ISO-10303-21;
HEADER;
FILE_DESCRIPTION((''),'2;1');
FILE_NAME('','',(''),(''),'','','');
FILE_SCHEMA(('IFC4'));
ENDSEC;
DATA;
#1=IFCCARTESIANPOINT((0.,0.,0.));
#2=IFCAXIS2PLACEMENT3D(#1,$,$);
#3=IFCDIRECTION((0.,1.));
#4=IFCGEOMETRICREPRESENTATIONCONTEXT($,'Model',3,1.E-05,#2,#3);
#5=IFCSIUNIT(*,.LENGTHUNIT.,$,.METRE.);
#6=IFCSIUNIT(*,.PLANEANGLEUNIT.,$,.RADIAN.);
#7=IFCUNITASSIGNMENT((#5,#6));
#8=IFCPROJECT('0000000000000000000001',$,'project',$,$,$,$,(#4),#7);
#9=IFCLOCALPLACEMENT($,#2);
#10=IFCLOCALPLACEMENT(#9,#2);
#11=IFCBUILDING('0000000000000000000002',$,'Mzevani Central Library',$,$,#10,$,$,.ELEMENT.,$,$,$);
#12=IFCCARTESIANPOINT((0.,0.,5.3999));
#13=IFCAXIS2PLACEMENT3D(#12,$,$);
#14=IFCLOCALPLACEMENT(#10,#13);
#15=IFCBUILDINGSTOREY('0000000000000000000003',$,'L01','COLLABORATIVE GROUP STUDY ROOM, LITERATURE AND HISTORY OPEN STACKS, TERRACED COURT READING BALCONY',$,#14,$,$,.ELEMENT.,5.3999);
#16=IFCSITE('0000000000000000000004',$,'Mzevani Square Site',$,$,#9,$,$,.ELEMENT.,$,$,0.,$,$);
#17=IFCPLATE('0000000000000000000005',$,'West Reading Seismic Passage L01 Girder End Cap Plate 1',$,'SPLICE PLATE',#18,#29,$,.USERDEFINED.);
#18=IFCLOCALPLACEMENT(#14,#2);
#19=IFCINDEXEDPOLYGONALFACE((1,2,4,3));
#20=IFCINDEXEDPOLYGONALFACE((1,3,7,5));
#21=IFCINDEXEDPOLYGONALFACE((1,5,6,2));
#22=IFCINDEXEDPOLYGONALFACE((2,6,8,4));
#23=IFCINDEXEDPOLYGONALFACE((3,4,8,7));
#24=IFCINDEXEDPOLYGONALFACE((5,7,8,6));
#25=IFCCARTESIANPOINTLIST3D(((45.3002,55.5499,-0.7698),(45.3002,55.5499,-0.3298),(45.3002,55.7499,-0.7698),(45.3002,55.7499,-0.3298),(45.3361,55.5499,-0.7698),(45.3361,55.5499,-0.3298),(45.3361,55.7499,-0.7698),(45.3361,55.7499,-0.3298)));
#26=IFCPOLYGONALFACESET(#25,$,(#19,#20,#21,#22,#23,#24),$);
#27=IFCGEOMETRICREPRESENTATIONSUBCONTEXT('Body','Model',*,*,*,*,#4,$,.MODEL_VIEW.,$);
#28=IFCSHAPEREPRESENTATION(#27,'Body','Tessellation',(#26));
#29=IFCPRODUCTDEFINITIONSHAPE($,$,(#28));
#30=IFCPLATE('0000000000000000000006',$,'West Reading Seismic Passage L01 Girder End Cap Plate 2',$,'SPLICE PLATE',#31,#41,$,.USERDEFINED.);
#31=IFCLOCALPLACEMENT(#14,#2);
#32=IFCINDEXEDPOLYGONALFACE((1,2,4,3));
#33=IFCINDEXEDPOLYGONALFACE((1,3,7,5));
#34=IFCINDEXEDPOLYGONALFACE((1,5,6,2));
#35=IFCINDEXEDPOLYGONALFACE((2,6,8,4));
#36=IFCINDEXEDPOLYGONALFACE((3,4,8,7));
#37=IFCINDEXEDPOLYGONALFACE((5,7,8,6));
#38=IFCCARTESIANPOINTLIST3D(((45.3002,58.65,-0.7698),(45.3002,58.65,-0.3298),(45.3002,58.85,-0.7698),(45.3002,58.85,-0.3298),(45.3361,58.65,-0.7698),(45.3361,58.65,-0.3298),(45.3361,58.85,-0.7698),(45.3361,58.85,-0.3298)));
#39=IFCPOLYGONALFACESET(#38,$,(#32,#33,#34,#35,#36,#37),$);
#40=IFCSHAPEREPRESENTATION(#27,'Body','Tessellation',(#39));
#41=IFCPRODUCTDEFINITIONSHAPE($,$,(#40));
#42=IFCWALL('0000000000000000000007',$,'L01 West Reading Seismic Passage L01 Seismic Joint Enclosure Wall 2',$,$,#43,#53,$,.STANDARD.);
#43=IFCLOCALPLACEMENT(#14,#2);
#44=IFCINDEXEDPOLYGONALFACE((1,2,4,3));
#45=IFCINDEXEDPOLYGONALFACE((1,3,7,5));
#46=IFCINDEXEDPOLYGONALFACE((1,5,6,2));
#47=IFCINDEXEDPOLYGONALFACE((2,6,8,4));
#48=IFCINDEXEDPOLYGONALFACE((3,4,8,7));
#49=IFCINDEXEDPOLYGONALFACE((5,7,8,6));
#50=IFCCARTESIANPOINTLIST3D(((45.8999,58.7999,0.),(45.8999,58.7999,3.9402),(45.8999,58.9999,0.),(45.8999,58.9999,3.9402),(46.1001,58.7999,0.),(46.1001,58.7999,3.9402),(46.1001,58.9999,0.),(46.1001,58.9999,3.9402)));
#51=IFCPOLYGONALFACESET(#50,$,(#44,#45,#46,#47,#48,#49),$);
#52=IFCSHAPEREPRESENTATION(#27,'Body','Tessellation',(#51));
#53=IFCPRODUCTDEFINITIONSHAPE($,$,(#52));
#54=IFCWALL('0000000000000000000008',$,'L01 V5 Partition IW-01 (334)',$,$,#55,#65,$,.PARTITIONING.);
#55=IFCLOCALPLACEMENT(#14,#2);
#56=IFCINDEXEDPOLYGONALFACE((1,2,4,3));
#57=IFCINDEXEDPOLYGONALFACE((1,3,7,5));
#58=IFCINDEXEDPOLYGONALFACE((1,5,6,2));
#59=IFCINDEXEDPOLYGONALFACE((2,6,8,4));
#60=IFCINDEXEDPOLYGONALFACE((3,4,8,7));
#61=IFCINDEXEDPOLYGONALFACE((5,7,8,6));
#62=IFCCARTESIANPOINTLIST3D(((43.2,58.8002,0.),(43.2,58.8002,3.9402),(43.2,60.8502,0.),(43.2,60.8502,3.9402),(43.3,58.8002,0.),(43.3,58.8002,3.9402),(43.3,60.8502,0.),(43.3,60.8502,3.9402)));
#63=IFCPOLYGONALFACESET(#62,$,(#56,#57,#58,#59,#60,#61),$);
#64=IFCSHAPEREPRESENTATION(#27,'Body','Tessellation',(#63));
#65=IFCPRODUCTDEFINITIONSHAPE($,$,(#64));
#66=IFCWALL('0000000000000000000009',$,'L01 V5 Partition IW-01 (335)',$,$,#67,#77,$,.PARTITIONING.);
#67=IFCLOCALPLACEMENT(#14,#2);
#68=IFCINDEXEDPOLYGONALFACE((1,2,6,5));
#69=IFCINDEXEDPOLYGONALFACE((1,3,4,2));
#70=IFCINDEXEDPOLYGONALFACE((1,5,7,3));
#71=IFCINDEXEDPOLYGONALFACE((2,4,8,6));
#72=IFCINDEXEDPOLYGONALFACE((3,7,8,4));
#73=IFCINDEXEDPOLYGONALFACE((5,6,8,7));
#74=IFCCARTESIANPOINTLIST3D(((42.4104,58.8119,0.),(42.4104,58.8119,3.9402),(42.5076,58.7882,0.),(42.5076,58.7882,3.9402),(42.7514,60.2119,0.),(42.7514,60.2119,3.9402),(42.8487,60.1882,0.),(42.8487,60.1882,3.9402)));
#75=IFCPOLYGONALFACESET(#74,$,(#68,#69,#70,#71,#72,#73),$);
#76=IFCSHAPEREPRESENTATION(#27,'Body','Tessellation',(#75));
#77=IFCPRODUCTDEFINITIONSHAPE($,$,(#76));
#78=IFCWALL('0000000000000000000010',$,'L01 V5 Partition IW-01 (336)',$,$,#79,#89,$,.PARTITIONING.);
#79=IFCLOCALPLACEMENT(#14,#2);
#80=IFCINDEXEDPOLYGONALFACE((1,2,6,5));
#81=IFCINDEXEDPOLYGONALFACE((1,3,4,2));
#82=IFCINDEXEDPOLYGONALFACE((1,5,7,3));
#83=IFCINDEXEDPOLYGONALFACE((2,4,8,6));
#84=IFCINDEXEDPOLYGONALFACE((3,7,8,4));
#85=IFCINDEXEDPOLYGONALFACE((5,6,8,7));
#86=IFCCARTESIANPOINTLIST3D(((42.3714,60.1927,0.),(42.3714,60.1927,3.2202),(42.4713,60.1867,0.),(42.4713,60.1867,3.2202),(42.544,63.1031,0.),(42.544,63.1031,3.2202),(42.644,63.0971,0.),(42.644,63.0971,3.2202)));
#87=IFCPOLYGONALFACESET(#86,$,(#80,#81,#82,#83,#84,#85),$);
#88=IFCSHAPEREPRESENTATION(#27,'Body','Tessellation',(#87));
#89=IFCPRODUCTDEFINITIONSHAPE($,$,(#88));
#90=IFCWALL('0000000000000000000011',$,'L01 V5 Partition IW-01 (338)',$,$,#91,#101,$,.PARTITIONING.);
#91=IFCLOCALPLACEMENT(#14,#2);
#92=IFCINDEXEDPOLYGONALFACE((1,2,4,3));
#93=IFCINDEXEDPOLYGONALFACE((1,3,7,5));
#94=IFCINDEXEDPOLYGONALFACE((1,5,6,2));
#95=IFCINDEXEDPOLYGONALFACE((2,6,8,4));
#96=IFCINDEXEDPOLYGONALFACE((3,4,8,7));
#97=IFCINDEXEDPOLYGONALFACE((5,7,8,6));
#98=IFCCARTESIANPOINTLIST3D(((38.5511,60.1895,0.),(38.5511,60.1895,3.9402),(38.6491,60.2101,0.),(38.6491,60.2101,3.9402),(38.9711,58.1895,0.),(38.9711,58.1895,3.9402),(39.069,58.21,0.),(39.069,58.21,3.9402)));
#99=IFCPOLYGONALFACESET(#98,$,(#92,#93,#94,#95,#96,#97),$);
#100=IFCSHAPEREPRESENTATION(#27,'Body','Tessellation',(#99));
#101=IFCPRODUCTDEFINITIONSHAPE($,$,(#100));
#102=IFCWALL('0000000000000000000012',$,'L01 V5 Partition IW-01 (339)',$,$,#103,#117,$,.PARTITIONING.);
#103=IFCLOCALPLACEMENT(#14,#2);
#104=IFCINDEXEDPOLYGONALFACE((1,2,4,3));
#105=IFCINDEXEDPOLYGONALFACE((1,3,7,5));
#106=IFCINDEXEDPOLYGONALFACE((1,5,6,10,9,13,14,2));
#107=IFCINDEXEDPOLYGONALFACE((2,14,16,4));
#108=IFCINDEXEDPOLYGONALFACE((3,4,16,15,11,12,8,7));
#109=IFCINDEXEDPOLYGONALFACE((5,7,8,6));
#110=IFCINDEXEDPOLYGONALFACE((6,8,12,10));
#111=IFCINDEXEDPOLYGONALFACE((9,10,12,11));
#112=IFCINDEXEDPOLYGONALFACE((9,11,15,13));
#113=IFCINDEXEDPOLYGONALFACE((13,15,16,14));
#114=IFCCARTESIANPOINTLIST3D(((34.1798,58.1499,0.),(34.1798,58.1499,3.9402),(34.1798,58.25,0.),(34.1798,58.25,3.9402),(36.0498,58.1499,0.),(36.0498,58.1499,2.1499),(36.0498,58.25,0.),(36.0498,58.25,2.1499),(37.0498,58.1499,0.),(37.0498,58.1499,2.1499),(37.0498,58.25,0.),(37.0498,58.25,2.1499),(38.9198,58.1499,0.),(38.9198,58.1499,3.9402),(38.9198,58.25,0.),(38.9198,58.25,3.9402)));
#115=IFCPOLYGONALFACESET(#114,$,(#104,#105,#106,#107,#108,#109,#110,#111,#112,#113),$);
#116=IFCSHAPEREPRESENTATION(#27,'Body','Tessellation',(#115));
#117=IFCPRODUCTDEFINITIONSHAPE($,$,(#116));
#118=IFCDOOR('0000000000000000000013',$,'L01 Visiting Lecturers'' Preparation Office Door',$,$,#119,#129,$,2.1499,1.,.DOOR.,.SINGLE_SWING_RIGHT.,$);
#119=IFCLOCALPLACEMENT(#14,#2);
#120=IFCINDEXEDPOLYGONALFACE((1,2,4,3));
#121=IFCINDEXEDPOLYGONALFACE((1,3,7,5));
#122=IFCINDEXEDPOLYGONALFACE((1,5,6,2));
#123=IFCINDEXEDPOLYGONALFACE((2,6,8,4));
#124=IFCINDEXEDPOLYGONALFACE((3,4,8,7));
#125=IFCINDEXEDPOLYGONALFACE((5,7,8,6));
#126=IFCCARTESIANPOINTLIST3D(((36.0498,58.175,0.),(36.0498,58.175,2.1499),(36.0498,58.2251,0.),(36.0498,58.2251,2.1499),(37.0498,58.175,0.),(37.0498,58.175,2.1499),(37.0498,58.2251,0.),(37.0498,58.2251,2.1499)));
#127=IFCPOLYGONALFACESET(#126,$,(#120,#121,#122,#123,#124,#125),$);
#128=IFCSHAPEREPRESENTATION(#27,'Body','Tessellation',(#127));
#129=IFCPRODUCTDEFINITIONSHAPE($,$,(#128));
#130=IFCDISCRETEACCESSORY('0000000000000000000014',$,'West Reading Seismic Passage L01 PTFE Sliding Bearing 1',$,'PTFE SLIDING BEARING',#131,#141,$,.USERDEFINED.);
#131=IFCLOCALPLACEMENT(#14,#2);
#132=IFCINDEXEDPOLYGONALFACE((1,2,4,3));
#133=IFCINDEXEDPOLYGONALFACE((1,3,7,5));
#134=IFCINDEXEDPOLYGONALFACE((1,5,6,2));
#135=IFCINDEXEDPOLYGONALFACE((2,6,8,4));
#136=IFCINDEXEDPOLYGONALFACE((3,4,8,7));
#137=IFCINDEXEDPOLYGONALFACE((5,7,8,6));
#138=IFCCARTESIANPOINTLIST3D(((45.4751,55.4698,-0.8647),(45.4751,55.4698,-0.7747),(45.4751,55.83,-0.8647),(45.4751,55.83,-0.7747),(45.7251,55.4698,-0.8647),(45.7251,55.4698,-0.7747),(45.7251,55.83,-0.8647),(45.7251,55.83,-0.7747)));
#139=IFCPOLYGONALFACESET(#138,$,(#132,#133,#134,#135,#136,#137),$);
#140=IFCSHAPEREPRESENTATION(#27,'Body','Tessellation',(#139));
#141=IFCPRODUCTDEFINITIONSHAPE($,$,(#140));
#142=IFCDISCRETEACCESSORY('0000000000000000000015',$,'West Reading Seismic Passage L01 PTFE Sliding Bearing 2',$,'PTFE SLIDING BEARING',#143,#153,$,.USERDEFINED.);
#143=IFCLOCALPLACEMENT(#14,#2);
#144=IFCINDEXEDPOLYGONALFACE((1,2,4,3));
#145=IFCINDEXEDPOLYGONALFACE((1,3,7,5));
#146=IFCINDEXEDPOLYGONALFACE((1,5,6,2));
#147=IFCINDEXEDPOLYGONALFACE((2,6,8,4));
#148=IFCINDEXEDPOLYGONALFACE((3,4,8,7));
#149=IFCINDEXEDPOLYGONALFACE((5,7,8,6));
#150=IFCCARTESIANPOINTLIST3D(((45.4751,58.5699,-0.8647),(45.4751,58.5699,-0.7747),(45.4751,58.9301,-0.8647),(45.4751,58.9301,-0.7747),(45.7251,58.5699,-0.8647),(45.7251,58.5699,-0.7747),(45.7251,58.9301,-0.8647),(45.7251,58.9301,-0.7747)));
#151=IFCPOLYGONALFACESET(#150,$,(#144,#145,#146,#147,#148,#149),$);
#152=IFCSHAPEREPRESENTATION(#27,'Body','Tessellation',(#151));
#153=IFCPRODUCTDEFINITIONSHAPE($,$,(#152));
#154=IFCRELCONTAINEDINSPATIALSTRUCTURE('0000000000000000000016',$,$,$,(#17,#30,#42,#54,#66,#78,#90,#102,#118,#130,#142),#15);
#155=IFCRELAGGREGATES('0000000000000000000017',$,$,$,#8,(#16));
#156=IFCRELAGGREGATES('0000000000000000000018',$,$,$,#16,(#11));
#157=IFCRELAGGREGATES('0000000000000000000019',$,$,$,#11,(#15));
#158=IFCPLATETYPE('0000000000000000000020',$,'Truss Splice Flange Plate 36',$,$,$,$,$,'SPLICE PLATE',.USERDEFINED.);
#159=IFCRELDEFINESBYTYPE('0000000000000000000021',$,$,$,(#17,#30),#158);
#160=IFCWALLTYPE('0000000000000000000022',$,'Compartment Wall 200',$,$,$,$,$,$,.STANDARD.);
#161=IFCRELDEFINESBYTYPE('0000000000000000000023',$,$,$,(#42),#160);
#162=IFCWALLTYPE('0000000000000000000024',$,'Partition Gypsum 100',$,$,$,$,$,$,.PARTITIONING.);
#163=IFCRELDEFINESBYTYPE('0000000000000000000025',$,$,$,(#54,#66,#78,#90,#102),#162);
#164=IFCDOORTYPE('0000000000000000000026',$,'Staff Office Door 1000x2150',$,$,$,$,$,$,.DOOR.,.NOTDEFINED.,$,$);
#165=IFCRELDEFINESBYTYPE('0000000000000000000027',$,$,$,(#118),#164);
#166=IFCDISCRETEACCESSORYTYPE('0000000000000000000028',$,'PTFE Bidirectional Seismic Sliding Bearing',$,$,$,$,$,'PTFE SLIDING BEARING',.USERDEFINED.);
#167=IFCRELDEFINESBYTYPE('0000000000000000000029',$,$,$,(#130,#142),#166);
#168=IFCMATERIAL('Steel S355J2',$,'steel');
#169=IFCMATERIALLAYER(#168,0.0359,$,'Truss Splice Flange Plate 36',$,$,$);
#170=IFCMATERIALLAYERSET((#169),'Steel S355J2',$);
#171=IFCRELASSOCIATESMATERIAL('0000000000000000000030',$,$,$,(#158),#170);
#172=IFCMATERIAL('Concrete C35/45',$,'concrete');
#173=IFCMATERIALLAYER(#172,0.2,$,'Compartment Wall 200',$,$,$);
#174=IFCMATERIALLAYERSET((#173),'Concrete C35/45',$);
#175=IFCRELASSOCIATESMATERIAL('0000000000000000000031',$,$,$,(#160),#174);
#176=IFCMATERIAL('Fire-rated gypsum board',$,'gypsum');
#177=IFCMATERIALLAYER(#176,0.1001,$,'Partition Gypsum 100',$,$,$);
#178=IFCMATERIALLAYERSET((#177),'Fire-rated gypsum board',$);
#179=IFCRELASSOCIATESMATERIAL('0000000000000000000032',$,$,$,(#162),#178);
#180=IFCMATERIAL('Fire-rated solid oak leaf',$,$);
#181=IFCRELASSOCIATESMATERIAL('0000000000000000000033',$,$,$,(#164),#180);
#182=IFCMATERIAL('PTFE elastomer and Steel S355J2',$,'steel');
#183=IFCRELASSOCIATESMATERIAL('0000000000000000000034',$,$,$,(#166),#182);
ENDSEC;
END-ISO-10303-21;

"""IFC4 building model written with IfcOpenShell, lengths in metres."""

from ifc_helpers import new_model, si_unit, direction, frame, frame_2d, origin, origin_2d, place, context, subcontext, project, spatial, rectangle, extrude, material, layer, layer_set, type_object, element, fill, save


model = new_model("IFC4")

# Units and contexts
model_context = context("Model", 3, precision=1e-05, world=origin(), true_north=direction((0.0, 1.0)))
body_context = subcontext(model_context, "Body", "Model", "MODEL_VIEW")
ifc_project = project(units=[si_unit("LENGTHUNIT", "METRE"), si_unit("PLANEANGLEUNIT", "RADIAN")], contexts=[model_context])

# Site, building, storey
site_placement = place(None, origin())
site = spatial("IfcSite", under=ifc_project, at=site_placement, Name="Mzevani Square Site", CompositionType="ELEMENT", RefElevation=0.0)
building_placement = place(site_placement, origin())
building = spatial("IfcBuilding", under=site, at=building_placement, Name="Mzevani Central Library", CompositionType="ELEMENT")
storey_placement = place(building_placement, frame((0.0, 0.0, 5.3999)))
storey = spatial("IfcBuildingStorey", under=building, at=storey_placement, Name="L01", Description="COLLABORATIVE GROUP STUDY ROOM, LITERATURE AND HISTORY OPEN STACKS, TERRACED COURT READING BALCONY", CompositionType="ELEMENT", Elevation=5.3999)

# Shared definitions
ifc_material_1 = material(Name="Steel S355J2", Category="steel")

# Plates
ifc_layer_1 = layer(ifc_material_1, 0.0359, Name="Truss Splice Flange Plate 36")
ifc_layer_set_1 = layer_set([ifc_layer_1], Name="Steel S355J2")
plate_type_1 = type_object("IfcPlateType", Name="Truss Splice Flange Plate 36", ElementType="SPLICE PLATE", PredefinedType="USERDEFINED", material=ifc_layer_set_1)
for number, where, z_axis, x_axis, name in (
    (1, (45.3181, 55.6499, -0.7698), (0.0, 0.0, 1.0), (1.0, 0.0, 0.0), "West Reading Seismic Passage L01 Girder End Cap Plate 1"),
    (2, (45.3181, 58.75, -0.7698), (0.0, 0.0, 1.0), (1.0, 0.0, 0.0), "West Reading Seismic Passage L01 Girder End Cap Plate 2"),
):
    element("IfcPlate", number, at=place(storey_placement, frame(where, z_axis=z_axis, x_axis=x_axis)), inside=storey, type_object=plate_type_1, Name=name, ObjectType="SPLICE PLATE", PredefinedType="USERDEFINED", context=body_context, shape_type="SweptSolid", body=[
        extrude(rectangle(XDim=0.0359, YDim=0.2, at=origin_2d()), origin(), (0.0, 0.0, 1.0), 0.4399),
    ])

# Walls
ifc_material_2 = material(Name="Concrete C35/45", Category="concrete")
ifc_layer_2 = layer(ifc_material_2, 0.2, Name="Compartment Wall 200")
ifc_layer_set_2 = layer_set([ifc_layer_2], Name="Concrete C35/45")
wall_type_1 = type_object("IfcWallType", Name="Compartment Wall 200", PredefinedType="STANDARD", material=ifc_layer_set_2)
wall_1_placement = place(storey_placement, frame((45.8999, 58.8999, 0.0), z_axis=(0.0, 0.0, 1.0), x_axis=(1.0, 0.0, 0.0)))
element("IfcWall", 3, at=wall_1_placement, inside=storey, type_object=wall_type_1, Name="L01 West Reading Seismic Passage L01 Seismic Joint Enclosure Wall 2", PredefinedType="STANDARD", context=body_context, shape_type="SweptSolid", body=[
    extrude(rectangle(XDim=0.2002, YDim=0.2, at=frame_2d((0.1001, 0.0))), origin(), (0.0, 0.0, 1.0), 3.9402),
])
ifc_material_3 = material(Name="Fire-rated gypsum board", Category="gypsum")
ifc_layer_3 = layer(ifc_material_3, 0.1001, Name="Partition Gypsum 100")
ifc_layer_set_3 = layer_set([ifc_layer_3], Name="Fire-rated gypsum board")
wall_type_2 = type_object("IfcWallType", Name="Partition Gypsum 100", PredefinedType="PARTITIONING", material=ifc_layer_set_3)
wall_2_placement = place(storey_placement, frame((43.25, 60.8501, 0.0), z_axis=(0.0, 0.0, 1.0), x_axis=(0.0, -1.0, 0.0)))
element("IfcWall", 4, at=wall_2_placement, inside=storey, type_object=wall_type_2, Name="L01 V5 Partition IW-01 (334)", PredefinedType="PARTITIONING", context=body_context, shape_type="SweptSolid", body=[
    extrude(rectangle(XDim=2.05, YDim=0.1001, at=frame_2d((1.0249, 0.0))), origin(), (0.0, 0.0, 1.0), 3.9402),
])
wall_3_placement = place(storey_placement, frame((42.459, 58.8, 0.0), z_axis=(0.0, 0.0, 1.0), x_axis=(0.23671, 0.97158, 0.0)))
element("IfcWall", 5, at=wall_3_placement, inside=storey, type_object=wall_type_2, Name="L01 V5 Partition IW-01 (335)", PredefinedType="PARTITIONING", context=body_context, shape_type="SweptSolid", body=[
    extrude(rectangle(XDim=1.4409, YDim=0.1001, at=frame_2d((0.7205, 0.0))), origin(), (0.0, 0.0, 1.0), 3.9402),
])
wall_4_placement = place(storey_placement, frame((42.4214, 60.1897, 0.0), z_axis=(0.0, 0.0, 1.0), x_axis=(0.059203, 0.998246, 0.0)))
element("IfcWall", 6, at=wall_4_placement, inside=storey, type_object=wall_type_2, Name="L01 V5 Partition IW-01 (336)", PredefinedType="PARTITIONING", context=body_context, shape_type="SweptSolid", body=[
    extrude(rectangle(XDim=2.9155, YDim=0.1001, at=frame_2d((1.4578, 0.0))), origin(), (0.0, 0.0, 1.0), 3.2202),
])
wall_5_placement = place(storey_placement, frame((38.6001, 60.2, 0.0), z_axis=(0.0, 0.0, 1.0), x_axis=(0.205481, -0.978661, 0.0)))
element("IfcWall", 7, at=wall_5_placement, inside=storey, type_object=wall_type_2, Name="L01 V5 Partition IW-01 (338)", PredefinedType="PARTITIONING", context=body_context, shape_type="SweptSolid", body=[
    extrude(rectangle(XDim=2.0437, YDim=0.1001, at=frame_2d((1.022, 0.0))), origin(), (0.0, 0.0, 1.0), 3.9402),
])

# Wall, opening, door
wall_6_placement = place(storey_placement, frame((38.9199, 58.2, 0.0), z_axis=(0.0, 0.0, 1.0), x_axis=(-1.0, 0.0, 0.0)))
wall_6 = element("IfcWall", 8, at=wall_6_placement, inside=storey, type_object=wall_type_2, Name="L01 V5 Partition IW-01 (339)", PredefinedType="PARTITIONING", context=body_context, shape_type="SweptSolid", body=[
    extrude(rectangle(XDim=4.74, YDim=0.1001, at=frame_2d((2.3701, 0.0))), origin(), (0.0, 0.0, 1.0), 3.9402),
])
opening_placement = place(wall_6_placement, frame((1.8701, 0.0, 0.0)))
opening = element("IfcOpeningElement", 9, at=opening_placement, cuts=wall_6, PredefinedType="OPENING", context=body_context, shape_type="SweptSolid", body=[
    extrude(rectangle(XDim=1.0, YDim=2.1499, at=frame_2d((0.5, 1.075))), frame((0.0, 0.0601, 0.0), z_axis=(0.0, -1.0, 0.0), x_axis=(1.0, 0.0, 0.0)), (0.0, 0.0, 1.0), 0.1201),
])
ifc_material_4 = material(Name="Fire-rated solid oak leaf")
door_type = type_object("IfcDoorType", Name="Staff Office Door 1000x2150", OperationType="NOTDEFINED", PredefinedType="DOOR", material=ifc_material_4)
door_placement = place(opening_placement, origin())
door = element("IfcDoor", 10, at=door_placement, inside=storey, type_object=door_type, Name="L01 Visiting Lecturers' Preparation Office Door", OperationType="SINGLE_SWING_RIGHT", OverallHeight=2.1499, OverallWidth=1.0, PredefinedType="DOOR", context=body_context, shape_type="SweptSolid", body=[
    extrude(rectangle(XDim=1.0, YDim=2.1499, at=frame_2d((0.5, 1.075))), frame((0.0, 0.0249, 0.0), z_axis=(0.0, -1.0, 0.0), x_axis=(1.0, 0.0, 0.0)), (0.0, 0.0, 1.0), 0.05),
])
fill(opening, door)

# Discrete accessories
ifc_material_5 = material(Name="PTFE elastomer and Steel S355J2", Category="steel")
discrete_accessory_type = type_object("IfcDiscreteAccessoryType", Name="PTFE Bidirectional Seismic Sliding Bearing", ElementType="PTFE SLIDING BEARING", PredefinedType="USERDEFINED", material=ifc_material_5)
for number, where, z_axis, x_axis, name in (
    (11, (45.6001, 55.6499, -0.8647), (0.0, 0.0, 1.0), (1.0, 0.0, 0.0), "West Reading Seismic Passage L01 PTFE Sliding Bearing 1"),
    (12, (45.6001, 58.75, -0.8647), (0.0, 0.0, 1.0), (1.0, 0.0, 0.0), "West Reading Seismic Passage L01 PTFE Sliding Bearing 2"),
):
    element("IfcDiscreteAccessory", number, at=place(storey_placement, frame(where, z_axis=z_axis, x_axis=x_axis)), inside=storey, type_object=discrete_accessory_type, Name=name, ObjectType="PTFE SLIDING BEARING", PredefinedType="USERDEFINED", context=body_context, shape_type="SweptSolid", body=[
        extrude(rectangle(XDim=0.25, YDim=0.3601, at=origin_2d()), origin(), (0.0, 0.0, 1.0), 0.0901),
    ])

save(model, "model.ifc")
